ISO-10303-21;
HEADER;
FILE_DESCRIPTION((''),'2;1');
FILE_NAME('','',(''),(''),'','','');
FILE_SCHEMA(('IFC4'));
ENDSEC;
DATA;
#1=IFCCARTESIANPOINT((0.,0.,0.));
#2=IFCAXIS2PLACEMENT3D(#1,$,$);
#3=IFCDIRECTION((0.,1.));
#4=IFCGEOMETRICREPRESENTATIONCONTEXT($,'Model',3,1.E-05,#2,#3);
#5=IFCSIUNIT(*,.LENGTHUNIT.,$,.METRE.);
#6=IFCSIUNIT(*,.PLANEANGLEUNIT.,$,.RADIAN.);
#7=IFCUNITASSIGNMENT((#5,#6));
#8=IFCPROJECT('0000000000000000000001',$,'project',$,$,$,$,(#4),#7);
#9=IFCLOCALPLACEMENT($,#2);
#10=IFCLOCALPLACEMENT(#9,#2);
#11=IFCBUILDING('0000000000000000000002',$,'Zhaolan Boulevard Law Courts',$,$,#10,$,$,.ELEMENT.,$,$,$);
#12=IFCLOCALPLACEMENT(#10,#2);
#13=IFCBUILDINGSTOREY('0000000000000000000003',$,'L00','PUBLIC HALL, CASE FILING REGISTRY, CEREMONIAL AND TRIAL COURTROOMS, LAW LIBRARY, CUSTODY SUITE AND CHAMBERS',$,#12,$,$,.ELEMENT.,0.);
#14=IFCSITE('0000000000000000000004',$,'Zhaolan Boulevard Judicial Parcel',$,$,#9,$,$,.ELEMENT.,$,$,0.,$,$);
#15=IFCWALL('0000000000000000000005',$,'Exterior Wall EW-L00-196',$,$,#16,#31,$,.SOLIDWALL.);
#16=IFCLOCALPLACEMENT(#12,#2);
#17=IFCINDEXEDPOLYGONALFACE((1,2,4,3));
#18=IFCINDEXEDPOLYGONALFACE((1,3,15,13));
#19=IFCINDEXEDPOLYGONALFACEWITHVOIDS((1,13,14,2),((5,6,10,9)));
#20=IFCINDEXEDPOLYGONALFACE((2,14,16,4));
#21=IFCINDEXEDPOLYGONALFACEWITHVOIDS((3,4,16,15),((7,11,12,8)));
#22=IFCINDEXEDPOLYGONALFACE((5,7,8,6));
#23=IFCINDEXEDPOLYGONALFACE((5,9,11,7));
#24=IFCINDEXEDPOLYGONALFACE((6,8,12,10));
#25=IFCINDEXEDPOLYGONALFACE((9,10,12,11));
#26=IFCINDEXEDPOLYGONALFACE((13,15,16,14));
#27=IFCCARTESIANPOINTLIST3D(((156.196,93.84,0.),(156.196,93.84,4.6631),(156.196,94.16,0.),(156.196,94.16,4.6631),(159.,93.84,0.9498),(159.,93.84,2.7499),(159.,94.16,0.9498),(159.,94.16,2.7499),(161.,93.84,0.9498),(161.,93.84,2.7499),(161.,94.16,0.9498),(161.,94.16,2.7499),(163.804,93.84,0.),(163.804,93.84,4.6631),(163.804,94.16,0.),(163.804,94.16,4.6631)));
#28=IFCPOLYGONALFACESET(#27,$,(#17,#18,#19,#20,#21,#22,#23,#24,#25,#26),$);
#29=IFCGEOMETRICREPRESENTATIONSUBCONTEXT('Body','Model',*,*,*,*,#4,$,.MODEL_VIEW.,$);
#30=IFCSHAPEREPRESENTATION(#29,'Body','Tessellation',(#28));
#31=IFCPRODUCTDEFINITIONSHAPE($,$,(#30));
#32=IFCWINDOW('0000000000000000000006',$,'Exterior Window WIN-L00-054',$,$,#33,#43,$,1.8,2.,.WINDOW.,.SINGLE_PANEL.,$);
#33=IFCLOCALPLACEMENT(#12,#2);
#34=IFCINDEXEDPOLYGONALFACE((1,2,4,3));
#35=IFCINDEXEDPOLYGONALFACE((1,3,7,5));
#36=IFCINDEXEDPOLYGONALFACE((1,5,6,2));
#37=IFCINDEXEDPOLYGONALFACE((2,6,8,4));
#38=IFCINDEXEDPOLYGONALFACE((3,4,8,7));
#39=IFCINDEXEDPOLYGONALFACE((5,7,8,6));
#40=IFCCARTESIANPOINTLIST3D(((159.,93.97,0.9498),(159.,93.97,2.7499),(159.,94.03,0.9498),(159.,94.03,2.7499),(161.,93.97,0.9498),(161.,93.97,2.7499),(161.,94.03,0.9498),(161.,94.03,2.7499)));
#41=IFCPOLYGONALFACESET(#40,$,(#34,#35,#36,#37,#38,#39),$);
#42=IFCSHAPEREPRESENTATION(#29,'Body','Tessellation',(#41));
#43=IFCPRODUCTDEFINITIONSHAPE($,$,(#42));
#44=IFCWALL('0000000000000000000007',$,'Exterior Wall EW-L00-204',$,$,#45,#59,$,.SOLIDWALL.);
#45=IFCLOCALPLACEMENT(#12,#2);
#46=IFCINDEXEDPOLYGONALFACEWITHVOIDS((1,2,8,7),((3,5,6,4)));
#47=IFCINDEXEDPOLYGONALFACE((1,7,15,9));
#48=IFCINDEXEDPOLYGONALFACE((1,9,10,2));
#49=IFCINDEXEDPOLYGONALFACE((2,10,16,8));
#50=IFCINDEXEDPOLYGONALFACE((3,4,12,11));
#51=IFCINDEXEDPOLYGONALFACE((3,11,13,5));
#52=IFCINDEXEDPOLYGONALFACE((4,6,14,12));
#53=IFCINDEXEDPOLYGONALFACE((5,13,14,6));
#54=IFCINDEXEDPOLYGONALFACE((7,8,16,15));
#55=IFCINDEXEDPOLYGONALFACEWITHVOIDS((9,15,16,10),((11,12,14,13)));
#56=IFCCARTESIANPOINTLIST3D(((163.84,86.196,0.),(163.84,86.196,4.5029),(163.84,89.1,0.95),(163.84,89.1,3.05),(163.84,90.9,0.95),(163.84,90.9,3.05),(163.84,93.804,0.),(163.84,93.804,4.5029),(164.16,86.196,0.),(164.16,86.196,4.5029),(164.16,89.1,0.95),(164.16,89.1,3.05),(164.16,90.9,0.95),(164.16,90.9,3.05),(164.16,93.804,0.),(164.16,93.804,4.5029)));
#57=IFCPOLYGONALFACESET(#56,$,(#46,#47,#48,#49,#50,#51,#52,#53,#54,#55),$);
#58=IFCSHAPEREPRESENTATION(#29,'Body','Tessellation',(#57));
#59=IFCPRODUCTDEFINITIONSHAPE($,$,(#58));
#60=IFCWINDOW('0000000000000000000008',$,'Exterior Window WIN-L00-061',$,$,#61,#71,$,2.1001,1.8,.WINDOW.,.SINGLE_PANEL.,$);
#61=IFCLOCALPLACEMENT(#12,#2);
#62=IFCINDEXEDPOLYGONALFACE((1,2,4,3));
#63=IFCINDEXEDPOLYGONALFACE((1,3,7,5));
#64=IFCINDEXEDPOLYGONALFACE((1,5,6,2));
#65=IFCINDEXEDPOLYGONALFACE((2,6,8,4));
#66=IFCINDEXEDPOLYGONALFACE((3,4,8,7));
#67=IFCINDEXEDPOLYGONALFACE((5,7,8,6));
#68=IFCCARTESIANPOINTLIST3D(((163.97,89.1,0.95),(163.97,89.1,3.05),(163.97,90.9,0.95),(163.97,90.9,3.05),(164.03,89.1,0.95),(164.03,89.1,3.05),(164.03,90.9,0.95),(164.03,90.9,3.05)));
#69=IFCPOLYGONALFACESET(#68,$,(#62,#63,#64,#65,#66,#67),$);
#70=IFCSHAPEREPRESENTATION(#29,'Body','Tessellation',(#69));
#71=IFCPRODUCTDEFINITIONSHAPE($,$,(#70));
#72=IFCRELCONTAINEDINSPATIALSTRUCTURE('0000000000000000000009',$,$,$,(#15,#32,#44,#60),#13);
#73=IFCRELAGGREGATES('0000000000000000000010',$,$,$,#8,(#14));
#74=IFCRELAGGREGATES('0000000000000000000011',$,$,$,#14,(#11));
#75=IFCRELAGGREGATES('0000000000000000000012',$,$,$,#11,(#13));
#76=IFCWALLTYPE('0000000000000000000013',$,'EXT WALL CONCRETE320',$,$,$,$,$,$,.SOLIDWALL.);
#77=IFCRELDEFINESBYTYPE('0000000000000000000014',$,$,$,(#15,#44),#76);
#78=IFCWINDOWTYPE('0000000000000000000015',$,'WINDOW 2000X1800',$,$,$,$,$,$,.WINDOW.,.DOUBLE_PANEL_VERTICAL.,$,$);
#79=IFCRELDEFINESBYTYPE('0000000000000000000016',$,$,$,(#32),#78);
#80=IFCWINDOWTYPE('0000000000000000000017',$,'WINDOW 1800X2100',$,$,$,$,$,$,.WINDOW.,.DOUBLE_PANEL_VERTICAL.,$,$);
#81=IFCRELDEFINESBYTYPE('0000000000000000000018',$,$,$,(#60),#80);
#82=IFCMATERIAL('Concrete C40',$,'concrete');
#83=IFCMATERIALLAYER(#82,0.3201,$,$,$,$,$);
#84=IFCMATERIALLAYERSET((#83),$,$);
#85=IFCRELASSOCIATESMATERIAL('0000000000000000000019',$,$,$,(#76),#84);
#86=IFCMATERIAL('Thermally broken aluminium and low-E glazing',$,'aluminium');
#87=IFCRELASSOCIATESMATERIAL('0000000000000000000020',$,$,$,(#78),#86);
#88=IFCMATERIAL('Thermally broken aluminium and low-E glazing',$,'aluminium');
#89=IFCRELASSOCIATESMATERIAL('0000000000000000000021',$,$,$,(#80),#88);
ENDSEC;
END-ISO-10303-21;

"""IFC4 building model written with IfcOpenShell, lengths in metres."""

from ifc_helpers import new_model, si_unit, direction, frame, frame_2d, origin, place, context, subcontext, project, spatial, rectangle, extrude, material, layer, layer_set, type_object, element, fill, save


model = new_model("IFC4")

# Units and contexts
model_context = context("Model", 3, precision=1e-05, world=origin(), true_north=direction((0.0, 1.0)))
body_context = subcontext(model_context, "Body", "Model", "MODEL_VIEW")
ifc_project = project(units=[si_unit("LENGTHUNIT", "METRE"), si_unit("PLANEANGLEUNIT", "RADIAN")], contexts=[model_context])

# Site, building, storey
site_placement = place(None, origin())
site = spatial("IfcSite", under=ifc_project, at=site_placement, Name="Zhaolan Boulevard Judicial Parcel", CompositionType="ELEMENT", RefElevation=0.0)
building_placement = place(site_placement, origin())
building = spatial("IfcBuilding", under=site, at=building_placement, Name="Zhaolan Boulevard Law Courts", CompositionType="ELEMENT")
storey_placement = place(building_placement, origin())
storey = spatial("IfcBuildingStorey", under=building, at=storey_placement, Name="L00", Description="PUBLIC HALL, CASE FILING REGISTRY, CEREMONIAL AND TRIAL COURTROOMS, LAW LIBRARY, CUSTODY SUITE AND CHAMBERS", CompositionType="ELEMENT", Elevation=0.0)

# Walls, openings, windows
ifc_material_1 = material(Name="Concrete C40", Category="concrete")
ifc_layer_1 = layer(ifc_material_1, 0.3201)
ifc_layer_set_1 = layer_set([ifc_layer_1])
wall_type = type_object("IfcWallType", Name="EXT WALL CONCRETE320", PredefinedType="SOLIDWALL", material=ifc_layer_set_1)
wall_1_placement = place(storey_placement, frame((163.804, 94.0, 0.0), z_axis=(0.0, 0.0, 1.0), x_axis=(-1.0, 0.0, 0.0)))
wall_1 = element("IfcWall", 1, at=wall_1_placement, inside=storey, type_object=wall_type, Name="Exterior Wall EW-L00-196", PredefinedType="SOLIDWALL", context=body_context, shape_type="SweptSolid", body=[
    extrude(rectangle(XDim=7.6079, YDim=0.3201, at=frame_2d((3.804, 0.0))), origin(), (0.0, 0.0, 1.0), 4.6631),
])
opening_1_placement = place(wall_1_placement, frame((2.804, 0.0, 0.95)))
opening_1 = element("IfcOpeningElement", 2, at=opening_1_placement, cuts=wall_1, PredefinedType="OPENING", context=body_context, shape_type="SweptSolid", body=[
    extrude(rectangle(XDim=2.0, YDim=1.8, at=frame_2d((1.0, 0.8999))), frame((0.0, 0.1699, 0.0), z_axis=(0.0, -1.0, 0.0), x_axis=(1.0, 0.0, 0.0)), (0.0, 0.0, 1.0), 0.3401),
])
ifc_material_2 = material(Name="Thermally broken aluminium and low-E glazing", Category="aluminium")
window_type_1 = type_object("IfcWindowType", Name="WINDOW 2000X1800", PartitioningType="DOUBLE_PANEL_VERTICAL", PredefinedType="WINDOW", material=ifc_material_2)
window_1_placement = place(opening_1_placement, origin())
window_1 = element("IfcWindow", 3, at=window_1_placement, inside=storey, type_object=window_type_1, Name="Exterior Window WIN-L00-054", OverallHeight=1.8, OverallWidth=2.0, PartitioningType="SINGLE_PANEL", PredefinedType="WINDOW", context=body_context, shape_type="SweptSolid", body=[
    extrude(rectangle(XDim=2.0, YDim=1.8, at=frame_2d((1.0, 0.8999))), frame((0.0, 0.03, 0.0), z_axis=(0.0, -1.0, 0.0), x_axis=(1.0, 0.0, 0.0)), (0.0, 0.0, 1.0), 0.0601),
])
fill(opening_1, window_1)
wall_2_placement = place(storey_placement, frame((164.0, 86.196, 0.0), z_axis=(0.0, 0.0, 1.0), x_axis=(0.0, 1.0, 0.0)))
wall_2 = element("IfcWall", 4, at=wall_2_placement, inside=storey, type_object=wall_type, Name="Exterior Wall EW-L00-204", PredefinedType="SOLIDWALL", context=body_context, shape_type="SweptSolid", body=[
    extrude(rectangle(XDim=7.6079, YDim=0.3201, at=frame_2d((3.804, 0.0))), origin(), (0.0, 0.0, 1.0), 4.5029),
])
opening_2_placement = place(wall_2_placement, frame((2.9041, 0.0, 0.95)))
opening_2 = element("IfcOpeningElement", 5, at=opening_2_placement, cuts=wall_2, PredefinedType="OPENING", context=body_context, shape_type="SweptSolid", body=[
    extrude(rectangle(XDim=1.8, YDim=2.1001, at=frame_2d((0.8999, 1.05))), frame((0.0, 0.1699, 0.0), z_axis=(0.0, -1.0, 0.0), x_axis=(1.0, 0.0, 0.0)), (0.0, 0.0, 1.0), 0.3401),
])
ifc_material_3 = material(Name="Thermally broken aluminium and low-E glazing", Category="aluminium")
window_type_2 = type_object("IfcWindowType", Name="WINDOW 1800X2100", PartitioningType="DOUBLE_PANEL_VERTICAL", PredefinedType="WINDOW", material=ifc_material_3)
window_2_placement = place(opening_2_placement, origin())
window_2 = element("IfcWindow", 6, at=window_2_placement, inside=storey, type_object=window_type_2, Name="Exterior Window WIN-L00-061", OverallHeight=2.1001, OverallWidth=1.8, PartitioningType="SINGLE_PANEL", PredefinedType="WINDOW", context=body_context, shape_type="SweptSolid", body=[
    extrude(rectangle(XDim=1.8, YDim=2.1001, at=frame_2d((0.8999, 1.05))), frame((0.0, 0.03, 0.0), z_axis=(0.0, -1.0, 0.0), x_axis=(1.0, 0.0, 0.0)), (0.0, 0.0, 1.0), 0.0601),
])
fill(opening_2, window_2)

save(model, "model.ifc")
